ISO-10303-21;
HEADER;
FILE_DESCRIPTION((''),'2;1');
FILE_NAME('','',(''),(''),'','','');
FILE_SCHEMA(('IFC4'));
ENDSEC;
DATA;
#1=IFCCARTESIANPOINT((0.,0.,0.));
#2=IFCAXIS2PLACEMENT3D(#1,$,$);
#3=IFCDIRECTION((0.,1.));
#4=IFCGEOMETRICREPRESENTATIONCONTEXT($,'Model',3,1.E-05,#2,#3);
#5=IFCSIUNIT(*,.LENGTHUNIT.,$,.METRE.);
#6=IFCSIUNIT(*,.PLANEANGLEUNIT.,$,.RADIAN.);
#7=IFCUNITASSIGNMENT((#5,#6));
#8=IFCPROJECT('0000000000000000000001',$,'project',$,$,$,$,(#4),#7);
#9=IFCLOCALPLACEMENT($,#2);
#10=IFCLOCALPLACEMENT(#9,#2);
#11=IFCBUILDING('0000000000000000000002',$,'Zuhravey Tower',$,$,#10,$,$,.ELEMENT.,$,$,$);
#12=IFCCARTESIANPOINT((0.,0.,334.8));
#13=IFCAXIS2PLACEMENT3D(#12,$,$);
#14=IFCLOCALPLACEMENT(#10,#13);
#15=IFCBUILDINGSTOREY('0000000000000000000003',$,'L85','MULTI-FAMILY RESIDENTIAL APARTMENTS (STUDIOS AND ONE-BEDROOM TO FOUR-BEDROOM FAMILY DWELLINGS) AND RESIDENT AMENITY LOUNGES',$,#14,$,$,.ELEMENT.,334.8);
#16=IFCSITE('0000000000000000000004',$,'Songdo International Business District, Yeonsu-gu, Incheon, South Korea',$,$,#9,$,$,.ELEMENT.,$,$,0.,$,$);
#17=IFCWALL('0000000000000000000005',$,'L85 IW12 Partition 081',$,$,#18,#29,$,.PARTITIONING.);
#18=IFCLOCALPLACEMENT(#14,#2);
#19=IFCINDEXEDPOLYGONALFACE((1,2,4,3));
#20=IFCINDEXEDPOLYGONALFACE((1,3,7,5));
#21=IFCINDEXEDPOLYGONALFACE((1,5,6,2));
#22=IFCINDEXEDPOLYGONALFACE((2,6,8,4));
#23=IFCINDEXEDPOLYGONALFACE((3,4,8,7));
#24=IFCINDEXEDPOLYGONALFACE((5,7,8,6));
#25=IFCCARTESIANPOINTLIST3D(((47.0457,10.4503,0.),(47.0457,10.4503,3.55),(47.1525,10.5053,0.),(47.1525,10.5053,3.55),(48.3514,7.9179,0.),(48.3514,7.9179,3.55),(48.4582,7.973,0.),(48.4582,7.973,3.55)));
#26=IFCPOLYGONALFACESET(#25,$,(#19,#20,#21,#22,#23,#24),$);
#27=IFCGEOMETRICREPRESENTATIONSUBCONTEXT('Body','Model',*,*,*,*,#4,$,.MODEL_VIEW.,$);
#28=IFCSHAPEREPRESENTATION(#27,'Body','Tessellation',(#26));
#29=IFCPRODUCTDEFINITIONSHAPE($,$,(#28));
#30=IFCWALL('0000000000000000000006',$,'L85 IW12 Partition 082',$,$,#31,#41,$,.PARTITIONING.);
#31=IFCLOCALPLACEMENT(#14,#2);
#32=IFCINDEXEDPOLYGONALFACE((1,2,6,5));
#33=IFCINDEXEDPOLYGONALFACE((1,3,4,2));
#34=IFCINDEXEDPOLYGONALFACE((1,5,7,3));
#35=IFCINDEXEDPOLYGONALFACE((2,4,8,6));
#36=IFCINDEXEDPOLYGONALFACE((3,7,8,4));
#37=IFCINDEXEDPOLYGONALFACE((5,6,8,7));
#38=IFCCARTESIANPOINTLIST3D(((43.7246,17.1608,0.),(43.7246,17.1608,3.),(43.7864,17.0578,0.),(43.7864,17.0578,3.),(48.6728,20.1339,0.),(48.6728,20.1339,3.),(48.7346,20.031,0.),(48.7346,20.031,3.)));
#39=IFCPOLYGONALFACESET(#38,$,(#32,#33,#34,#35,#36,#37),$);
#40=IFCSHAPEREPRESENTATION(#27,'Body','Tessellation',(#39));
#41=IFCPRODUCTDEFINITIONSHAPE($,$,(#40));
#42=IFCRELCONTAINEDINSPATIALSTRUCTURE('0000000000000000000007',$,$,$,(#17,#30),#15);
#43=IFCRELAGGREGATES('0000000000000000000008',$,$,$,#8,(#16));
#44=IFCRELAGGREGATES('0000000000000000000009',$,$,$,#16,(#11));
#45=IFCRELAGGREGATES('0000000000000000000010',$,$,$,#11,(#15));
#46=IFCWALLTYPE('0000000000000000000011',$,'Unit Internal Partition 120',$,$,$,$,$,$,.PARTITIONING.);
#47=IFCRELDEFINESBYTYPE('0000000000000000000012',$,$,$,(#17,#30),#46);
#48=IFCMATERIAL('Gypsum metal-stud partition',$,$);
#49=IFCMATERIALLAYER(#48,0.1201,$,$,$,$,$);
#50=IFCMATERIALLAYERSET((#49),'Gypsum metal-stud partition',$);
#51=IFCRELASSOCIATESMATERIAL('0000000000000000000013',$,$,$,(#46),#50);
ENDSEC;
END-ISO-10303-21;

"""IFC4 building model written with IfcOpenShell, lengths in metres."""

from ifc_helpers import new_model, si_unit, direction, frame, frame_2d, origin, place, context, subcontext, project, spatial, rectangle, extrude, material, layer, layer_set, type_object, element, save


model = new_model("IFC4")

# Units and contexts
model_context = context("Model", 3, precision=1e-05, world=origin(), true_north=direction((0.0, 1.0)))
body_context = subcontext(model_context, "Body", "Model", "MODEL_VIEW")
ifc_project = project(units=[si_unit("LENGTHUNIT", "METRE"), si_unit("PLANEANGLEUNIT", "RADIAN")], contexts=[model_context])

# Site, building, storey
site_placement = place(None, origin())
site = spatial("IfcSite", under=ifc_project, at=site_placement, Name="Songdo International Business District, Yeonsu-gu, Incheon, South Korea", CompositionType="ELEMENT", RefElevation=0.0)
building_placement = place(site_placement, origin())
building = spatial("IfcBuilding", under=site, at=building_placement, Name="Zuhravey Tower", CompositionType="ELEMENT")
storey_placement = place(building_placement, frame((0.0, 0.0, 334.8)))
storey = spatial("IfcBuildingStorey", under=building, at=storey_placement, Name="L85", Description="MULTI-FAMILY RESIDENTIAL APARTMENTS (STUDIOS AND ONE-BEDROOM TO FOUR-BEDROOM FAMILY DWELLINGS) AND RESIDENT AMENITY LOUNGES", CompositionType="ELEMENT", Elevation=334.8)

# Shared definitions
ifc_material_1 = material(Name="Gypsum metal-stud partition")
ifc_layer_1 = layer(ifc_material_1, 0.1201)
ifc_layer_set_1 = layer_set([ifc_layer_1], Name="Gypsum metal-stud partition")
wall_type_1 = type_object("IfcWallType", Name="Unit Internal Partition 120", PredefinedType="PARTITIONING", material=ifc_layer_set_1)

# Walls
wall_1_placement = place(storey_placement, frame((47.0991, 10.4778, 0.0), z_axis=(0.0, 0.0, 1.0), x_axis=(0.458285, -0.888805, 0.0)))
element("IfcWall", 1, at=wall_1_placement, inside=storey, type_object=wall_type_1, Name="L85 IW12 Partition 081", PredefinedType="PARTITIONING", context=body_context, shape_type="SweptSolid", body=[
    extrude(rectangle(XDim=2.8491, YDim=0.1201, at=frame_2d((1.4246, 0.0))), origin(), (0.0, 0.0, 1.0), 3.55),
])
wall_2_placement = place(storey_placement, frame((43.7556, 17.1094, 0.0), z_axis=(0.0, 0.0, 1.0), x_axis=(0.857172, 0.515031, 0.0)))
element("IfcWall", 2, at=wall_2_placement, inside=storey, type_object=wall_type_1, Name="L85 IW12 Partition 082", PredefinedType="PARTITIONING", context=body_context, shape_type="SweptSolid", body=[
    extrude(rectangle(XDim=5.7727, YDim=0.1201, at=frame_2d((2.8862, 0.0))), origin(), (0.0, 0.0, 1.0), 3.0),
])

save(model, "model.ifc")
